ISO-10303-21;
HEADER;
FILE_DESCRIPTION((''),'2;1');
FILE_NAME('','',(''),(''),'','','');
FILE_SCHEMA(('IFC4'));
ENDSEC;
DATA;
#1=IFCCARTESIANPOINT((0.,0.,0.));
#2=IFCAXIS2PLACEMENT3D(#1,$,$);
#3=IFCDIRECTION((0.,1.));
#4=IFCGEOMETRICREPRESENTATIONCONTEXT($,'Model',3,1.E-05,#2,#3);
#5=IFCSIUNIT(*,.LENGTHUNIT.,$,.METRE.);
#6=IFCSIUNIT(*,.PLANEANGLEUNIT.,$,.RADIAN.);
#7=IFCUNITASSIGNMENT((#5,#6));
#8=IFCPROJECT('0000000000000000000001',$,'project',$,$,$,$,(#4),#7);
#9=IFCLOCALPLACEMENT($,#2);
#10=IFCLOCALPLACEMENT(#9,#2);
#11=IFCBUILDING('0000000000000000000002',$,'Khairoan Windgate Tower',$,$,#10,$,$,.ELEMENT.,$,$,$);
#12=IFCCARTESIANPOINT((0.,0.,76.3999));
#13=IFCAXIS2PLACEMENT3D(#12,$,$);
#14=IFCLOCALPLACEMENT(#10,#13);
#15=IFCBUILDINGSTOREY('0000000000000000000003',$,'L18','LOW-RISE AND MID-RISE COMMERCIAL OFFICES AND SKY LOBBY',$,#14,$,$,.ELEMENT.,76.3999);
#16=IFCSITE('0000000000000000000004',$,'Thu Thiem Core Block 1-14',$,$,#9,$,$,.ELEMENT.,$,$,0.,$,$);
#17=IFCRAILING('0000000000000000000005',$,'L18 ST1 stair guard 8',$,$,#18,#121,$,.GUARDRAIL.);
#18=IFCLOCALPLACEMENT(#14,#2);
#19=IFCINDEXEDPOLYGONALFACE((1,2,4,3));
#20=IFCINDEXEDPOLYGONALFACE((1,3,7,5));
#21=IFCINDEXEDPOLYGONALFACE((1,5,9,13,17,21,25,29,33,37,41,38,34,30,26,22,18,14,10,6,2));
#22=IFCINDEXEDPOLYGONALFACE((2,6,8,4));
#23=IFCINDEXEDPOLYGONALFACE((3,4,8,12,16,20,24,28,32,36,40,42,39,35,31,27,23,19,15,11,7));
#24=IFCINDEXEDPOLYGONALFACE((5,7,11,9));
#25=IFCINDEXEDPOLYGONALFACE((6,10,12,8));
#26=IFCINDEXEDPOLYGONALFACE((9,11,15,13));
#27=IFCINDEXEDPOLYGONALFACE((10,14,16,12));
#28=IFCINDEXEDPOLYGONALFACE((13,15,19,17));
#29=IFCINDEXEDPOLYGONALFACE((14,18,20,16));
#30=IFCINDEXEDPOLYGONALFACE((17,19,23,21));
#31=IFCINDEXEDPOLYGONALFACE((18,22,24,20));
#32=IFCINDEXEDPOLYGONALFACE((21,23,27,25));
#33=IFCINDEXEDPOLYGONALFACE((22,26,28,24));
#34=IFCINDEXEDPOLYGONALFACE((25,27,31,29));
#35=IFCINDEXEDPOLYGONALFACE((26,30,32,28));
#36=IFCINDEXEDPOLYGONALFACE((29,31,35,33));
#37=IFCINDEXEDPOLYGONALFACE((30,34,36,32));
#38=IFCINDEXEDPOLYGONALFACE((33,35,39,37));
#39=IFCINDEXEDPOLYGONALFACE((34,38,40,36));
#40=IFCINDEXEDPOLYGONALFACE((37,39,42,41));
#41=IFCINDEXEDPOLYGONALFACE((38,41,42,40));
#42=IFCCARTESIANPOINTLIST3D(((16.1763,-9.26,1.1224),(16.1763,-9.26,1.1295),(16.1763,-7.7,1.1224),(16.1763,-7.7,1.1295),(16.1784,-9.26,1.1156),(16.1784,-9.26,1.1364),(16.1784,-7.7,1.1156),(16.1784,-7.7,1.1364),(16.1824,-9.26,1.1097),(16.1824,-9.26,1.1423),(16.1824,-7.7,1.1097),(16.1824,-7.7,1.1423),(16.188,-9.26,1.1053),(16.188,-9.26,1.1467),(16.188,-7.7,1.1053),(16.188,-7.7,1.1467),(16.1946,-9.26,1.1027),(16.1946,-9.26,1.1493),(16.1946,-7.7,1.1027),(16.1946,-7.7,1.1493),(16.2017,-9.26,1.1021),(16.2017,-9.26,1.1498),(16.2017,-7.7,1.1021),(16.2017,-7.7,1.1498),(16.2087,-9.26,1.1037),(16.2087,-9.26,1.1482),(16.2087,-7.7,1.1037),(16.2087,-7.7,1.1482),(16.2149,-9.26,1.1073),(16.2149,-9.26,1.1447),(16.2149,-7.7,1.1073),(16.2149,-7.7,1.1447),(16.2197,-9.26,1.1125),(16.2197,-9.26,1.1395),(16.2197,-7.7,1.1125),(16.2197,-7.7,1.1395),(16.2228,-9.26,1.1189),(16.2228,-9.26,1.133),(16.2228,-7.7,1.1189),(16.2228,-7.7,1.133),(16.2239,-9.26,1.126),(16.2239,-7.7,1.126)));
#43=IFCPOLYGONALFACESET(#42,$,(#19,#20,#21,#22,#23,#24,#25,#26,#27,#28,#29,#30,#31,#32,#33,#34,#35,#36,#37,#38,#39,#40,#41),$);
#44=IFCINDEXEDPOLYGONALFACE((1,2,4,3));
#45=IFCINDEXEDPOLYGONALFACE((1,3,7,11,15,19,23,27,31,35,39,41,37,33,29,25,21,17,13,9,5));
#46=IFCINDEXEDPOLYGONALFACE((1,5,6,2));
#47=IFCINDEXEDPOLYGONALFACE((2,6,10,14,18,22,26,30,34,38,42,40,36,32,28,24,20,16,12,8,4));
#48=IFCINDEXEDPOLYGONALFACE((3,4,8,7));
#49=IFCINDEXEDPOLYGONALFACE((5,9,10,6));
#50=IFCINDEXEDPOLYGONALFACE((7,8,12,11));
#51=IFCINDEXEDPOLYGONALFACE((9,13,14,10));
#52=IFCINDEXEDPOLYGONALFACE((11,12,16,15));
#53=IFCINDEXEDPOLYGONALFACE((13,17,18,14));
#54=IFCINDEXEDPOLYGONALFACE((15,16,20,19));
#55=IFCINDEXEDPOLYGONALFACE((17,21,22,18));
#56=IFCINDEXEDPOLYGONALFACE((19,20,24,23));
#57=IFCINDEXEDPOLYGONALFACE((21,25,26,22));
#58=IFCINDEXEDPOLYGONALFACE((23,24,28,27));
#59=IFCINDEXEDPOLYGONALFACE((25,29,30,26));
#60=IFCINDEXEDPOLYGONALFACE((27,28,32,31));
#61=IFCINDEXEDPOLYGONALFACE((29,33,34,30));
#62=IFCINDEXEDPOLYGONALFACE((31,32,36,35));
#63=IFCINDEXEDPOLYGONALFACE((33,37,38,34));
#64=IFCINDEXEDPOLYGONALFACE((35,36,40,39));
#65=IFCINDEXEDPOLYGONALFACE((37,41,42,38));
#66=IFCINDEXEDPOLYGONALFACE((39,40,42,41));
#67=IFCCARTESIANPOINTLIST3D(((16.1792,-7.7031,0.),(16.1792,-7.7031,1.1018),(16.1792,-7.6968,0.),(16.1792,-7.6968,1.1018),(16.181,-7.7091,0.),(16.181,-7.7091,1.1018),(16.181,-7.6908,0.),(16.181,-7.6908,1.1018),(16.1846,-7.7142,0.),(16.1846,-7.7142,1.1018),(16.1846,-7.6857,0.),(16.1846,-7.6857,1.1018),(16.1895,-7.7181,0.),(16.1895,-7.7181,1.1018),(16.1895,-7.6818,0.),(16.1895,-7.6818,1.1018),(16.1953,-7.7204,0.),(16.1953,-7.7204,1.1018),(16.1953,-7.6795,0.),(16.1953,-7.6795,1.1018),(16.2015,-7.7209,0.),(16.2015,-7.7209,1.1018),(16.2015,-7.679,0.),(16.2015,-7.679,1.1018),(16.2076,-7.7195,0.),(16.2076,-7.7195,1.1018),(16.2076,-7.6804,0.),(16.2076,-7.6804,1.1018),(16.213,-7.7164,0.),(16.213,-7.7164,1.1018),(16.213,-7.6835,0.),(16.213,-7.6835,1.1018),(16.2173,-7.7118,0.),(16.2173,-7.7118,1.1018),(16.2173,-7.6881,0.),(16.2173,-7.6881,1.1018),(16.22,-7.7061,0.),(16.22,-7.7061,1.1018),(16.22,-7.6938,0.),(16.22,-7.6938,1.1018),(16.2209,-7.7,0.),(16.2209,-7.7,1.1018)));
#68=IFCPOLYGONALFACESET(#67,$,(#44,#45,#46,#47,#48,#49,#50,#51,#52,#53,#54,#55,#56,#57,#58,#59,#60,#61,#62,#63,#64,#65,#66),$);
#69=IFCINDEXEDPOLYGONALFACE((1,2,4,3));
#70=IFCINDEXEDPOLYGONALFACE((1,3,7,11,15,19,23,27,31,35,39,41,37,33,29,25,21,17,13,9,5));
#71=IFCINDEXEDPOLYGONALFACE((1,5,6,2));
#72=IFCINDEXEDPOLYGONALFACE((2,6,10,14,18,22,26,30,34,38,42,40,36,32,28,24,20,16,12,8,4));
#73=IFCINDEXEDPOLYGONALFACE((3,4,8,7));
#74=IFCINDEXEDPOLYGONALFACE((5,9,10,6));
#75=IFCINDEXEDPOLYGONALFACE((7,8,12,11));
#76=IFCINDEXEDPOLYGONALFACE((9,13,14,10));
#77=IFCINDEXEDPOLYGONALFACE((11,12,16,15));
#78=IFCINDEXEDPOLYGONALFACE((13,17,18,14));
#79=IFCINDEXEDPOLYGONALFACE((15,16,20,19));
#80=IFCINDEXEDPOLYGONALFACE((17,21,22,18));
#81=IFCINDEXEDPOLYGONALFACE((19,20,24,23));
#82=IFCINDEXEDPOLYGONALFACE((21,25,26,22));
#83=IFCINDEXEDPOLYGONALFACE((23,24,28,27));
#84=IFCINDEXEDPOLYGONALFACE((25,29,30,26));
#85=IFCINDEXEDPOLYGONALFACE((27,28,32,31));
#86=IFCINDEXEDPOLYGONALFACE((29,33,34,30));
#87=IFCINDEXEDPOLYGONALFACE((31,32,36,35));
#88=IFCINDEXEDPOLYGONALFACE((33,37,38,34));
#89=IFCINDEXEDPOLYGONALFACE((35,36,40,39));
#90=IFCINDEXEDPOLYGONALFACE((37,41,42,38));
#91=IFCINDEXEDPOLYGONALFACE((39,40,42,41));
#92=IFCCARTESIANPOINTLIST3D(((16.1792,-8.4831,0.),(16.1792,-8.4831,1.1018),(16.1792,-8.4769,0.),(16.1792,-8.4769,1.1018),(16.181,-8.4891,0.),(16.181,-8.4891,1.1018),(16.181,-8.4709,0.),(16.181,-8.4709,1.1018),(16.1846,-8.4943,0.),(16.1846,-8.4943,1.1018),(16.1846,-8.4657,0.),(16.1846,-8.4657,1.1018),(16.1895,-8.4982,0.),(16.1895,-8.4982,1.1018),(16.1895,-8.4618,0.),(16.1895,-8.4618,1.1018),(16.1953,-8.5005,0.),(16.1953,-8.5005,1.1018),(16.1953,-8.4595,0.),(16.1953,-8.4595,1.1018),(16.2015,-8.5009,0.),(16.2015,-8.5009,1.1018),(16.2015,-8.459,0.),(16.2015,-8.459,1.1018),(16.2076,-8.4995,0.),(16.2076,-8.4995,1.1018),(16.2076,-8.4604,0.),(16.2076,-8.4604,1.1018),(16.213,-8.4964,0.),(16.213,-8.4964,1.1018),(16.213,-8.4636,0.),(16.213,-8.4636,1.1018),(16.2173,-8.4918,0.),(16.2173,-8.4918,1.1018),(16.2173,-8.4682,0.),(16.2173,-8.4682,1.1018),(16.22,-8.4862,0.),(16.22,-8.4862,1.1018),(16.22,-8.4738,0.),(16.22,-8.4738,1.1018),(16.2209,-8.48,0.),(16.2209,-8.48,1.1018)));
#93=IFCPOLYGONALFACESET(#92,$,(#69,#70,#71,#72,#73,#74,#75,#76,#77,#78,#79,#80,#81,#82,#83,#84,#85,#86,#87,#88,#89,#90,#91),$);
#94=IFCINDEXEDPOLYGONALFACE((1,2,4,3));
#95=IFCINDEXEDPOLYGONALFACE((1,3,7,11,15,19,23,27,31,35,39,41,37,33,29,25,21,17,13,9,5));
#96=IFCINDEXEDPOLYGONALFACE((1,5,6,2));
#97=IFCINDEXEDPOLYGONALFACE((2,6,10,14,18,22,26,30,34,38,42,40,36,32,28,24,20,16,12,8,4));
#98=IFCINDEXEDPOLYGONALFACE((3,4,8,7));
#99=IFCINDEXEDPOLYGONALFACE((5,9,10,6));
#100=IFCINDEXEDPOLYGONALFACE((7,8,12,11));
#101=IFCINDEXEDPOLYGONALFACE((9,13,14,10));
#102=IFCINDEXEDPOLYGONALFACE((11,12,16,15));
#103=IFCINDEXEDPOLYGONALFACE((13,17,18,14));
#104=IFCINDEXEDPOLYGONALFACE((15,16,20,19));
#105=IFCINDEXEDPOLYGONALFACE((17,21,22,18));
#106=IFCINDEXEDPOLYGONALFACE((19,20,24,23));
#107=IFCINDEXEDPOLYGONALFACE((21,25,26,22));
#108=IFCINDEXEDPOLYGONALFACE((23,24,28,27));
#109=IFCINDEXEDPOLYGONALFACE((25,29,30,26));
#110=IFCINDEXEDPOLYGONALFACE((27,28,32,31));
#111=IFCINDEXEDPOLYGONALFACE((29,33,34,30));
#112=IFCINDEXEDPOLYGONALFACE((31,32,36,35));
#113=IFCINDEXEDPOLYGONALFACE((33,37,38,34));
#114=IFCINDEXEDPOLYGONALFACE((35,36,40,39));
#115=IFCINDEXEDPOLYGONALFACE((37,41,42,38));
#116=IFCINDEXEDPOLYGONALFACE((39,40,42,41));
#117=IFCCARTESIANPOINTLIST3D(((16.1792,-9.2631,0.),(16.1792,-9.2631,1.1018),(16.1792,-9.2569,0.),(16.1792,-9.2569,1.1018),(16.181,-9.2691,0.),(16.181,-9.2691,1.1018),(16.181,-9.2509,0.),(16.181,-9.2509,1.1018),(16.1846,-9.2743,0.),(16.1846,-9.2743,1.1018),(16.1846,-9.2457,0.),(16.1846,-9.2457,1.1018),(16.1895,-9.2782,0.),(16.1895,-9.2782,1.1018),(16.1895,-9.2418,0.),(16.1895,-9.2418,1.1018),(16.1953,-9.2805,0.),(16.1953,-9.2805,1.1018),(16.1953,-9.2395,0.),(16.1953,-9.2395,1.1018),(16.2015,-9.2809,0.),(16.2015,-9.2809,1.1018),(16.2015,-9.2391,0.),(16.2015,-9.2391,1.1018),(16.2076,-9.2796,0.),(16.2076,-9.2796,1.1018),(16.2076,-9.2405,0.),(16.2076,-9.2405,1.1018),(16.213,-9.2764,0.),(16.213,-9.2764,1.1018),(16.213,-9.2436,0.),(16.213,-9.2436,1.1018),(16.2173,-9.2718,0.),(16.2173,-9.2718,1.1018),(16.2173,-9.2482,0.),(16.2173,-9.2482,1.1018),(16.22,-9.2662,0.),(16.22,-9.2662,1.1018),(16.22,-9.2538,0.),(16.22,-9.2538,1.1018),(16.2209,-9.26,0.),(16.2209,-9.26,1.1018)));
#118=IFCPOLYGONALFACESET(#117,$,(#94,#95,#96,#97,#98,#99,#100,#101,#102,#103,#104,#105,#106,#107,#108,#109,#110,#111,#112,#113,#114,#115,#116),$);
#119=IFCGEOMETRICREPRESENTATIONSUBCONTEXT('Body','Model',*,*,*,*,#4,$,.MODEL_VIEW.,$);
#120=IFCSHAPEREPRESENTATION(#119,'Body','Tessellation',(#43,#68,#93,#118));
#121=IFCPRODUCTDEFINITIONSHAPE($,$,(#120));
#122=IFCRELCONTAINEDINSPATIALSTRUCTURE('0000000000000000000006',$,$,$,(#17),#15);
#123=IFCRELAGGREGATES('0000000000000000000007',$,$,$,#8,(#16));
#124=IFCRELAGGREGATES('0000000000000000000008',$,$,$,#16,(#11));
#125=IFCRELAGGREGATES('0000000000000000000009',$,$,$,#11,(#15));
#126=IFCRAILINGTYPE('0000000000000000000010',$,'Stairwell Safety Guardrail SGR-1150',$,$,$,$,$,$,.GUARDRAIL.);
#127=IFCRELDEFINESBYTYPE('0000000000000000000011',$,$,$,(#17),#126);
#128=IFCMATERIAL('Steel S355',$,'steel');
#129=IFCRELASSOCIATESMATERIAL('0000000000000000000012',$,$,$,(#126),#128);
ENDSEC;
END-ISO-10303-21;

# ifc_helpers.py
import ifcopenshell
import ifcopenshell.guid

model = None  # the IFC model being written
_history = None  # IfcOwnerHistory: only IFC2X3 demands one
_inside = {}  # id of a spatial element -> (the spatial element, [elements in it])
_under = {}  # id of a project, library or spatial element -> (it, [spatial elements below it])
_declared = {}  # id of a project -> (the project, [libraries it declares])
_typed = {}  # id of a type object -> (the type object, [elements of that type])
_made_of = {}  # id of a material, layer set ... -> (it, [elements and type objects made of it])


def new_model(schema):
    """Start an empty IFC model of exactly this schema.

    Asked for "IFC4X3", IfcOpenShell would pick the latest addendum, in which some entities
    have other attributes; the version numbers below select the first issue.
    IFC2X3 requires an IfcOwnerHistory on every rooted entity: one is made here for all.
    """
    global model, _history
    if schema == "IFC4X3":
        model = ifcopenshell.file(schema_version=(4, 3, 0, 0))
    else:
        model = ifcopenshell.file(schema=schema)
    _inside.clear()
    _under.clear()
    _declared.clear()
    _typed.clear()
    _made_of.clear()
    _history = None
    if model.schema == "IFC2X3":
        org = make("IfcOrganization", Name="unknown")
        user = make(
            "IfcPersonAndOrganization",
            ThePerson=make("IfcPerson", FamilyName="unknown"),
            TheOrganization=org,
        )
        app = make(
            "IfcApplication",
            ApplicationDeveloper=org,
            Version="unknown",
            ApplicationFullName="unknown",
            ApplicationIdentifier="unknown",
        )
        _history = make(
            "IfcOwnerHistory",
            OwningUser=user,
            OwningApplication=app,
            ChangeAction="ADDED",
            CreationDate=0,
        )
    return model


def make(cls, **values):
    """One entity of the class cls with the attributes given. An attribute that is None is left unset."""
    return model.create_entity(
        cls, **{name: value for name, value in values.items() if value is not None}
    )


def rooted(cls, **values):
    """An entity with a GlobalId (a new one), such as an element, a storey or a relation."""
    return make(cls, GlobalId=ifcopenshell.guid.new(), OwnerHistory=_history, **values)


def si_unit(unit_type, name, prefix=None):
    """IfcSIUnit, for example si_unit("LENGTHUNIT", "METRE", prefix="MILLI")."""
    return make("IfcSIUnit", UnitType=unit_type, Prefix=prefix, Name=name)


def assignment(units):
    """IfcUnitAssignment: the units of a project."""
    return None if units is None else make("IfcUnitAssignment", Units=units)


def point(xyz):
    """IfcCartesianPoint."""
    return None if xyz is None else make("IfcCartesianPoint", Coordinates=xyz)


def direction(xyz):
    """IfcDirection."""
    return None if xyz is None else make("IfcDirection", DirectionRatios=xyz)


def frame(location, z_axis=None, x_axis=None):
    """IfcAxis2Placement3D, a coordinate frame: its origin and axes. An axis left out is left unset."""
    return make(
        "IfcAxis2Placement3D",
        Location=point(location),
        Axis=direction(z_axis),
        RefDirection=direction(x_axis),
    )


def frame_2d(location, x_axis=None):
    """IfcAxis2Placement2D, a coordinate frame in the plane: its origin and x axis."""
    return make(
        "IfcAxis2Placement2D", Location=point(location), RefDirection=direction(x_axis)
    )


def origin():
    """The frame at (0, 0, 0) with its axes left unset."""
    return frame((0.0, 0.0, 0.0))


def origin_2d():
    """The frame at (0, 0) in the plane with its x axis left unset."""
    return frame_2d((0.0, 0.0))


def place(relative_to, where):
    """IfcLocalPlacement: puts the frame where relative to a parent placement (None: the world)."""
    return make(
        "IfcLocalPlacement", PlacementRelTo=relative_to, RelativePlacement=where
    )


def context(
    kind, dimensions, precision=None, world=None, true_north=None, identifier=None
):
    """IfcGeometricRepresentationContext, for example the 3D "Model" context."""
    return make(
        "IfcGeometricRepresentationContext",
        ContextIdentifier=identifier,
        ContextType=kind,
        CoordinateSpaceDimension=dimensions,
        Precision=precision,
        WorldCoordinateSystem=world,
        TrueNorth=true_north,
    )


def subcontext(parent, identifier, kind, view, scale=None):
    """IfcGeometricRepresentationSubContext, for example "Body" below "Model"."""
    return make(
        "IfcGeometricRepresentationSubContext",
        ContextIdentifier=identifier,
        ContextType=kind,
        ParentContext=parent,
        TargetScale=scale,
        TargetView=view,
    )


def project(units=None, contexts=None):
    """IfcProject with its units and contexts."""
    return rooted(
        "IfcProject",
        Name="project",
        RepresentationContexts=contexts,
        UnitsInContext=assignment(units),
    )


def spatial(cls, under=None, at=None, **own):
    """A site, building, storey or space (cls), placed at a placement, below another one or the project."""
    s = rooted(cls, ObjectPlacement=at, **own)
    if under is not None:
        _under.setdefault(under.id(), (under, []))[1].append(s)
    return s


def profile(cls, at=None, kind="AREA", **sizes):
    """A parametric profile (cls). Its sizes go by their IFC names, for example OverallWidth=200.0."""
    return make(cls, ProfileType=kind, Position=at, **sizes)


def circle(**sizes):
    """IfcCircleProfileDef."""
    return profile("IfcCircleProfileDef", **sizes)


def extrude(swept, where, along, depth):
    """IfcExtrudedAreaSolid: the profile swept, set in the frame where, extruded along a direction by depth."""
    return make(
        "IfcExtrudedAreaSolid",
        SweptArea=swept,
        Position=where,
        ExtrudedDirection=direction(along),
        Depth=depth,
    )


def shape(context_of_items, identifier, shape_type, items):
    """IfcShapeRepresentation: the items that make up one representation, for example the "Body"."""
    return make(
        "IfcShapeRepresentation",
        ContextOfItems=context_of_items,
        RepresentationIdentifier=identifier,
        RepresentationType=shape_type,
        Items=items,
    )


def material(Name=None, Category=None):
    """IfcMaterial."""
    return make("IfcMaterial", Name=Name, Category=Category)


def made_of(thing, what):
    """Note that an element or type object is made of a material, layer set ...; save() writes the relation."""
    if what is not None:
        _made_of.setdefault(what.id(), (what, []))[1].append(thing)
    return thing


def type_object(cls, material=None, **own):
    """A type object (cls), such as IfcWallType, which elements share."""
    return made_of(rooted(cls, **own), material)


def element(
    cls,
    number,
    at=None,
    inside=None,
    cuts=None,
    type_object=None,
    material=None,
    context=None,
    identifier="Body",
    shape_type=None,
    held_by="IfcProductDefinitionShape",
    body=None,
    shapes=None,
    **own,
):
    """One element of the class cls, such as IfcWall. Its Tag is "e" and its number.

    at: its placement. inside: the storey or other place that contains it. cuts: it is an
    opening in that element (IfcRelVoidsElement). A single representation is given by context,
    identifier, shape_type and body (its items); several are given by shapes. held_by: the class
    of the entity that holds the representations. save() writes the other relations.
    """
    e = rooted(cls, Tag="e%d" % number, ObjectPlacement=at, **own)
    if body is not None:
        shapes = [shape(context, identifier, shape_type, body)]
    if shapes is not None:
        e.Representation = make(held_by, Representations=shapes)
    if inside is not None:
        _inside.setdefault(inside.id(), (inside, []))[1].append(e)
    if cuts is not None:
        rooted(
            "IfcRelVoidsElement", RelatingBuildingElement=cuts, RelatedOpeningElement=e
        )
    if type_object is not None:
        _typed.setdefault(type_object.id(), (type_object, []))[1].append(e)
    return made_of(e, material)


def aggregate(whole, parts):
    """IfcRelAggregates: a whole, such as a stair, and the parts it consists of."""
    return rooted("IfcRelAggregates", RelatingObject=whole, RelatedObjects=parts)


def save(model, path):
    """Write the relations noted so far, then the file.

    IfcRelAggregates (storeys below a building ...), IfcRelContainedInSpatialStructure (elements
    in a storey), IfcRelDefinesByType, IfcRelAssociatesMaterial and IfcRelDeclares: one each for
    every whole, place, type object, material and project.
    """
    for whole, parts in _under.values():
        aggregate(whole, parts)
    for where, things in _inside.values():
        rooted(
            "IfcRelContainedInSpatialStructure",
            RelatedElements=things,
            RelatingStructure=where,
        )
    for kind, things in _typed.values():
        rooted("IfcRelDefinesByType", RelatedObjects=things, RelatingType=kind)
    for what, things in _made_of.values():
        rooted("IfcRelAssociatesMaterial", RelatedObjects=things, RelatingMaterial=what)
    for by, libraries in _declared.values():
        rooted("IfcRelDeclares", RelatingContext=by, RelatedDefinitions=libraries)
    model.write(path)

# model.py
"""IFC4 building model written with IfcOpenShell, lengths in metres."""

from ifc_helpers import new_model, si_unit, direction, frame, origin, origin_2d, place, context, subcontext, project, spatial, circle, extrude, material, type_object, element, save


model = new_model("IFC4")

# Units and contexts
model_context = context("Model", 3, precision=1e-05, world=origin(), true_north=direction((0.0, 1.0)))
body_context = subcontext(model_context, "Body", "Model", "MODEL_VIEW")
ifc_project = project(units=[si_unit("LENGTHUNIT", "METRE"), si_unit("PLANEANGLEUNIT", "RADIAN")], contexts=[model_context])

# Site, building, storey
site_placement = place(None, origin())
site = spatial("IfcSite", under=ifc_project, at=site_placement, Name="Thu Thiem Core Block 1-14", CompositionType="ELEMENT", RefElevation=0.0)
building_placement = place(site_placement, origin())
building = spatial("IfcBuilding", under=site, at=building_placement, Name="Khairoan Windgate Tower", CompositionType="ELEMENT")
storey_placement = place(building_placement, frame((0.0, 0.0, 76.3999)))
storey = spatial("IfcBuildingStorey", under=building, at=storey_placement, Name="L18", Description="LOW-RISE AND MID-RISE COMMERCIAL OFFICES AND SKY LOBBY", CompositionType="ELEMENT", Elevation=76.3999)

# Railing
ifc_material_1 = material(Name="Steel S355", Category="steel")
railing_type_1 = type_object("IfcRailingType", Name="Stairwell Safety Guardrail SGR-1150", PredefinedType="GUARDRAIL", material=ifc_material_1)
railing_1_placement = place(storey_placement, frame((16.2, -7.7, 0.0)))
element("IfcRailing", 1, at=railing_1_placement, inside=storey, type_object=railing_type_1, Name="L18 ST1 stair guard 8", PredefinedType="GUARDRAIL", context=body_context, shape_type="SweptSolid", body=[
    extrude(circle(Radius=0.0239, at=origin_2d()), frame((0.0, 0.0, 1.126), z_axis=(0.0, -1.0, 0.0), x_axis=(1.0, 0.0, 0.0)), (0.0, 0.0, 1.0), 1.5601),
    extrude(circle(Radius=0.021, at=origin_2d()), origin(), (0.0, 0.0, 1.0), 1.1018),
    extrude(circle(Radius=0.021, at=origin_2d()), frame((0.0, -0.78, 0.0)), (0.0, 0.0, 1.0), 1.1018),
    extrude(circle(Radius=0.021, at=origin_2d()), frame((0.0, -1.5601, 0.0)), (0.0, 0.0, 1.0), 1.1018),
])

save(model, "model.ifc")
